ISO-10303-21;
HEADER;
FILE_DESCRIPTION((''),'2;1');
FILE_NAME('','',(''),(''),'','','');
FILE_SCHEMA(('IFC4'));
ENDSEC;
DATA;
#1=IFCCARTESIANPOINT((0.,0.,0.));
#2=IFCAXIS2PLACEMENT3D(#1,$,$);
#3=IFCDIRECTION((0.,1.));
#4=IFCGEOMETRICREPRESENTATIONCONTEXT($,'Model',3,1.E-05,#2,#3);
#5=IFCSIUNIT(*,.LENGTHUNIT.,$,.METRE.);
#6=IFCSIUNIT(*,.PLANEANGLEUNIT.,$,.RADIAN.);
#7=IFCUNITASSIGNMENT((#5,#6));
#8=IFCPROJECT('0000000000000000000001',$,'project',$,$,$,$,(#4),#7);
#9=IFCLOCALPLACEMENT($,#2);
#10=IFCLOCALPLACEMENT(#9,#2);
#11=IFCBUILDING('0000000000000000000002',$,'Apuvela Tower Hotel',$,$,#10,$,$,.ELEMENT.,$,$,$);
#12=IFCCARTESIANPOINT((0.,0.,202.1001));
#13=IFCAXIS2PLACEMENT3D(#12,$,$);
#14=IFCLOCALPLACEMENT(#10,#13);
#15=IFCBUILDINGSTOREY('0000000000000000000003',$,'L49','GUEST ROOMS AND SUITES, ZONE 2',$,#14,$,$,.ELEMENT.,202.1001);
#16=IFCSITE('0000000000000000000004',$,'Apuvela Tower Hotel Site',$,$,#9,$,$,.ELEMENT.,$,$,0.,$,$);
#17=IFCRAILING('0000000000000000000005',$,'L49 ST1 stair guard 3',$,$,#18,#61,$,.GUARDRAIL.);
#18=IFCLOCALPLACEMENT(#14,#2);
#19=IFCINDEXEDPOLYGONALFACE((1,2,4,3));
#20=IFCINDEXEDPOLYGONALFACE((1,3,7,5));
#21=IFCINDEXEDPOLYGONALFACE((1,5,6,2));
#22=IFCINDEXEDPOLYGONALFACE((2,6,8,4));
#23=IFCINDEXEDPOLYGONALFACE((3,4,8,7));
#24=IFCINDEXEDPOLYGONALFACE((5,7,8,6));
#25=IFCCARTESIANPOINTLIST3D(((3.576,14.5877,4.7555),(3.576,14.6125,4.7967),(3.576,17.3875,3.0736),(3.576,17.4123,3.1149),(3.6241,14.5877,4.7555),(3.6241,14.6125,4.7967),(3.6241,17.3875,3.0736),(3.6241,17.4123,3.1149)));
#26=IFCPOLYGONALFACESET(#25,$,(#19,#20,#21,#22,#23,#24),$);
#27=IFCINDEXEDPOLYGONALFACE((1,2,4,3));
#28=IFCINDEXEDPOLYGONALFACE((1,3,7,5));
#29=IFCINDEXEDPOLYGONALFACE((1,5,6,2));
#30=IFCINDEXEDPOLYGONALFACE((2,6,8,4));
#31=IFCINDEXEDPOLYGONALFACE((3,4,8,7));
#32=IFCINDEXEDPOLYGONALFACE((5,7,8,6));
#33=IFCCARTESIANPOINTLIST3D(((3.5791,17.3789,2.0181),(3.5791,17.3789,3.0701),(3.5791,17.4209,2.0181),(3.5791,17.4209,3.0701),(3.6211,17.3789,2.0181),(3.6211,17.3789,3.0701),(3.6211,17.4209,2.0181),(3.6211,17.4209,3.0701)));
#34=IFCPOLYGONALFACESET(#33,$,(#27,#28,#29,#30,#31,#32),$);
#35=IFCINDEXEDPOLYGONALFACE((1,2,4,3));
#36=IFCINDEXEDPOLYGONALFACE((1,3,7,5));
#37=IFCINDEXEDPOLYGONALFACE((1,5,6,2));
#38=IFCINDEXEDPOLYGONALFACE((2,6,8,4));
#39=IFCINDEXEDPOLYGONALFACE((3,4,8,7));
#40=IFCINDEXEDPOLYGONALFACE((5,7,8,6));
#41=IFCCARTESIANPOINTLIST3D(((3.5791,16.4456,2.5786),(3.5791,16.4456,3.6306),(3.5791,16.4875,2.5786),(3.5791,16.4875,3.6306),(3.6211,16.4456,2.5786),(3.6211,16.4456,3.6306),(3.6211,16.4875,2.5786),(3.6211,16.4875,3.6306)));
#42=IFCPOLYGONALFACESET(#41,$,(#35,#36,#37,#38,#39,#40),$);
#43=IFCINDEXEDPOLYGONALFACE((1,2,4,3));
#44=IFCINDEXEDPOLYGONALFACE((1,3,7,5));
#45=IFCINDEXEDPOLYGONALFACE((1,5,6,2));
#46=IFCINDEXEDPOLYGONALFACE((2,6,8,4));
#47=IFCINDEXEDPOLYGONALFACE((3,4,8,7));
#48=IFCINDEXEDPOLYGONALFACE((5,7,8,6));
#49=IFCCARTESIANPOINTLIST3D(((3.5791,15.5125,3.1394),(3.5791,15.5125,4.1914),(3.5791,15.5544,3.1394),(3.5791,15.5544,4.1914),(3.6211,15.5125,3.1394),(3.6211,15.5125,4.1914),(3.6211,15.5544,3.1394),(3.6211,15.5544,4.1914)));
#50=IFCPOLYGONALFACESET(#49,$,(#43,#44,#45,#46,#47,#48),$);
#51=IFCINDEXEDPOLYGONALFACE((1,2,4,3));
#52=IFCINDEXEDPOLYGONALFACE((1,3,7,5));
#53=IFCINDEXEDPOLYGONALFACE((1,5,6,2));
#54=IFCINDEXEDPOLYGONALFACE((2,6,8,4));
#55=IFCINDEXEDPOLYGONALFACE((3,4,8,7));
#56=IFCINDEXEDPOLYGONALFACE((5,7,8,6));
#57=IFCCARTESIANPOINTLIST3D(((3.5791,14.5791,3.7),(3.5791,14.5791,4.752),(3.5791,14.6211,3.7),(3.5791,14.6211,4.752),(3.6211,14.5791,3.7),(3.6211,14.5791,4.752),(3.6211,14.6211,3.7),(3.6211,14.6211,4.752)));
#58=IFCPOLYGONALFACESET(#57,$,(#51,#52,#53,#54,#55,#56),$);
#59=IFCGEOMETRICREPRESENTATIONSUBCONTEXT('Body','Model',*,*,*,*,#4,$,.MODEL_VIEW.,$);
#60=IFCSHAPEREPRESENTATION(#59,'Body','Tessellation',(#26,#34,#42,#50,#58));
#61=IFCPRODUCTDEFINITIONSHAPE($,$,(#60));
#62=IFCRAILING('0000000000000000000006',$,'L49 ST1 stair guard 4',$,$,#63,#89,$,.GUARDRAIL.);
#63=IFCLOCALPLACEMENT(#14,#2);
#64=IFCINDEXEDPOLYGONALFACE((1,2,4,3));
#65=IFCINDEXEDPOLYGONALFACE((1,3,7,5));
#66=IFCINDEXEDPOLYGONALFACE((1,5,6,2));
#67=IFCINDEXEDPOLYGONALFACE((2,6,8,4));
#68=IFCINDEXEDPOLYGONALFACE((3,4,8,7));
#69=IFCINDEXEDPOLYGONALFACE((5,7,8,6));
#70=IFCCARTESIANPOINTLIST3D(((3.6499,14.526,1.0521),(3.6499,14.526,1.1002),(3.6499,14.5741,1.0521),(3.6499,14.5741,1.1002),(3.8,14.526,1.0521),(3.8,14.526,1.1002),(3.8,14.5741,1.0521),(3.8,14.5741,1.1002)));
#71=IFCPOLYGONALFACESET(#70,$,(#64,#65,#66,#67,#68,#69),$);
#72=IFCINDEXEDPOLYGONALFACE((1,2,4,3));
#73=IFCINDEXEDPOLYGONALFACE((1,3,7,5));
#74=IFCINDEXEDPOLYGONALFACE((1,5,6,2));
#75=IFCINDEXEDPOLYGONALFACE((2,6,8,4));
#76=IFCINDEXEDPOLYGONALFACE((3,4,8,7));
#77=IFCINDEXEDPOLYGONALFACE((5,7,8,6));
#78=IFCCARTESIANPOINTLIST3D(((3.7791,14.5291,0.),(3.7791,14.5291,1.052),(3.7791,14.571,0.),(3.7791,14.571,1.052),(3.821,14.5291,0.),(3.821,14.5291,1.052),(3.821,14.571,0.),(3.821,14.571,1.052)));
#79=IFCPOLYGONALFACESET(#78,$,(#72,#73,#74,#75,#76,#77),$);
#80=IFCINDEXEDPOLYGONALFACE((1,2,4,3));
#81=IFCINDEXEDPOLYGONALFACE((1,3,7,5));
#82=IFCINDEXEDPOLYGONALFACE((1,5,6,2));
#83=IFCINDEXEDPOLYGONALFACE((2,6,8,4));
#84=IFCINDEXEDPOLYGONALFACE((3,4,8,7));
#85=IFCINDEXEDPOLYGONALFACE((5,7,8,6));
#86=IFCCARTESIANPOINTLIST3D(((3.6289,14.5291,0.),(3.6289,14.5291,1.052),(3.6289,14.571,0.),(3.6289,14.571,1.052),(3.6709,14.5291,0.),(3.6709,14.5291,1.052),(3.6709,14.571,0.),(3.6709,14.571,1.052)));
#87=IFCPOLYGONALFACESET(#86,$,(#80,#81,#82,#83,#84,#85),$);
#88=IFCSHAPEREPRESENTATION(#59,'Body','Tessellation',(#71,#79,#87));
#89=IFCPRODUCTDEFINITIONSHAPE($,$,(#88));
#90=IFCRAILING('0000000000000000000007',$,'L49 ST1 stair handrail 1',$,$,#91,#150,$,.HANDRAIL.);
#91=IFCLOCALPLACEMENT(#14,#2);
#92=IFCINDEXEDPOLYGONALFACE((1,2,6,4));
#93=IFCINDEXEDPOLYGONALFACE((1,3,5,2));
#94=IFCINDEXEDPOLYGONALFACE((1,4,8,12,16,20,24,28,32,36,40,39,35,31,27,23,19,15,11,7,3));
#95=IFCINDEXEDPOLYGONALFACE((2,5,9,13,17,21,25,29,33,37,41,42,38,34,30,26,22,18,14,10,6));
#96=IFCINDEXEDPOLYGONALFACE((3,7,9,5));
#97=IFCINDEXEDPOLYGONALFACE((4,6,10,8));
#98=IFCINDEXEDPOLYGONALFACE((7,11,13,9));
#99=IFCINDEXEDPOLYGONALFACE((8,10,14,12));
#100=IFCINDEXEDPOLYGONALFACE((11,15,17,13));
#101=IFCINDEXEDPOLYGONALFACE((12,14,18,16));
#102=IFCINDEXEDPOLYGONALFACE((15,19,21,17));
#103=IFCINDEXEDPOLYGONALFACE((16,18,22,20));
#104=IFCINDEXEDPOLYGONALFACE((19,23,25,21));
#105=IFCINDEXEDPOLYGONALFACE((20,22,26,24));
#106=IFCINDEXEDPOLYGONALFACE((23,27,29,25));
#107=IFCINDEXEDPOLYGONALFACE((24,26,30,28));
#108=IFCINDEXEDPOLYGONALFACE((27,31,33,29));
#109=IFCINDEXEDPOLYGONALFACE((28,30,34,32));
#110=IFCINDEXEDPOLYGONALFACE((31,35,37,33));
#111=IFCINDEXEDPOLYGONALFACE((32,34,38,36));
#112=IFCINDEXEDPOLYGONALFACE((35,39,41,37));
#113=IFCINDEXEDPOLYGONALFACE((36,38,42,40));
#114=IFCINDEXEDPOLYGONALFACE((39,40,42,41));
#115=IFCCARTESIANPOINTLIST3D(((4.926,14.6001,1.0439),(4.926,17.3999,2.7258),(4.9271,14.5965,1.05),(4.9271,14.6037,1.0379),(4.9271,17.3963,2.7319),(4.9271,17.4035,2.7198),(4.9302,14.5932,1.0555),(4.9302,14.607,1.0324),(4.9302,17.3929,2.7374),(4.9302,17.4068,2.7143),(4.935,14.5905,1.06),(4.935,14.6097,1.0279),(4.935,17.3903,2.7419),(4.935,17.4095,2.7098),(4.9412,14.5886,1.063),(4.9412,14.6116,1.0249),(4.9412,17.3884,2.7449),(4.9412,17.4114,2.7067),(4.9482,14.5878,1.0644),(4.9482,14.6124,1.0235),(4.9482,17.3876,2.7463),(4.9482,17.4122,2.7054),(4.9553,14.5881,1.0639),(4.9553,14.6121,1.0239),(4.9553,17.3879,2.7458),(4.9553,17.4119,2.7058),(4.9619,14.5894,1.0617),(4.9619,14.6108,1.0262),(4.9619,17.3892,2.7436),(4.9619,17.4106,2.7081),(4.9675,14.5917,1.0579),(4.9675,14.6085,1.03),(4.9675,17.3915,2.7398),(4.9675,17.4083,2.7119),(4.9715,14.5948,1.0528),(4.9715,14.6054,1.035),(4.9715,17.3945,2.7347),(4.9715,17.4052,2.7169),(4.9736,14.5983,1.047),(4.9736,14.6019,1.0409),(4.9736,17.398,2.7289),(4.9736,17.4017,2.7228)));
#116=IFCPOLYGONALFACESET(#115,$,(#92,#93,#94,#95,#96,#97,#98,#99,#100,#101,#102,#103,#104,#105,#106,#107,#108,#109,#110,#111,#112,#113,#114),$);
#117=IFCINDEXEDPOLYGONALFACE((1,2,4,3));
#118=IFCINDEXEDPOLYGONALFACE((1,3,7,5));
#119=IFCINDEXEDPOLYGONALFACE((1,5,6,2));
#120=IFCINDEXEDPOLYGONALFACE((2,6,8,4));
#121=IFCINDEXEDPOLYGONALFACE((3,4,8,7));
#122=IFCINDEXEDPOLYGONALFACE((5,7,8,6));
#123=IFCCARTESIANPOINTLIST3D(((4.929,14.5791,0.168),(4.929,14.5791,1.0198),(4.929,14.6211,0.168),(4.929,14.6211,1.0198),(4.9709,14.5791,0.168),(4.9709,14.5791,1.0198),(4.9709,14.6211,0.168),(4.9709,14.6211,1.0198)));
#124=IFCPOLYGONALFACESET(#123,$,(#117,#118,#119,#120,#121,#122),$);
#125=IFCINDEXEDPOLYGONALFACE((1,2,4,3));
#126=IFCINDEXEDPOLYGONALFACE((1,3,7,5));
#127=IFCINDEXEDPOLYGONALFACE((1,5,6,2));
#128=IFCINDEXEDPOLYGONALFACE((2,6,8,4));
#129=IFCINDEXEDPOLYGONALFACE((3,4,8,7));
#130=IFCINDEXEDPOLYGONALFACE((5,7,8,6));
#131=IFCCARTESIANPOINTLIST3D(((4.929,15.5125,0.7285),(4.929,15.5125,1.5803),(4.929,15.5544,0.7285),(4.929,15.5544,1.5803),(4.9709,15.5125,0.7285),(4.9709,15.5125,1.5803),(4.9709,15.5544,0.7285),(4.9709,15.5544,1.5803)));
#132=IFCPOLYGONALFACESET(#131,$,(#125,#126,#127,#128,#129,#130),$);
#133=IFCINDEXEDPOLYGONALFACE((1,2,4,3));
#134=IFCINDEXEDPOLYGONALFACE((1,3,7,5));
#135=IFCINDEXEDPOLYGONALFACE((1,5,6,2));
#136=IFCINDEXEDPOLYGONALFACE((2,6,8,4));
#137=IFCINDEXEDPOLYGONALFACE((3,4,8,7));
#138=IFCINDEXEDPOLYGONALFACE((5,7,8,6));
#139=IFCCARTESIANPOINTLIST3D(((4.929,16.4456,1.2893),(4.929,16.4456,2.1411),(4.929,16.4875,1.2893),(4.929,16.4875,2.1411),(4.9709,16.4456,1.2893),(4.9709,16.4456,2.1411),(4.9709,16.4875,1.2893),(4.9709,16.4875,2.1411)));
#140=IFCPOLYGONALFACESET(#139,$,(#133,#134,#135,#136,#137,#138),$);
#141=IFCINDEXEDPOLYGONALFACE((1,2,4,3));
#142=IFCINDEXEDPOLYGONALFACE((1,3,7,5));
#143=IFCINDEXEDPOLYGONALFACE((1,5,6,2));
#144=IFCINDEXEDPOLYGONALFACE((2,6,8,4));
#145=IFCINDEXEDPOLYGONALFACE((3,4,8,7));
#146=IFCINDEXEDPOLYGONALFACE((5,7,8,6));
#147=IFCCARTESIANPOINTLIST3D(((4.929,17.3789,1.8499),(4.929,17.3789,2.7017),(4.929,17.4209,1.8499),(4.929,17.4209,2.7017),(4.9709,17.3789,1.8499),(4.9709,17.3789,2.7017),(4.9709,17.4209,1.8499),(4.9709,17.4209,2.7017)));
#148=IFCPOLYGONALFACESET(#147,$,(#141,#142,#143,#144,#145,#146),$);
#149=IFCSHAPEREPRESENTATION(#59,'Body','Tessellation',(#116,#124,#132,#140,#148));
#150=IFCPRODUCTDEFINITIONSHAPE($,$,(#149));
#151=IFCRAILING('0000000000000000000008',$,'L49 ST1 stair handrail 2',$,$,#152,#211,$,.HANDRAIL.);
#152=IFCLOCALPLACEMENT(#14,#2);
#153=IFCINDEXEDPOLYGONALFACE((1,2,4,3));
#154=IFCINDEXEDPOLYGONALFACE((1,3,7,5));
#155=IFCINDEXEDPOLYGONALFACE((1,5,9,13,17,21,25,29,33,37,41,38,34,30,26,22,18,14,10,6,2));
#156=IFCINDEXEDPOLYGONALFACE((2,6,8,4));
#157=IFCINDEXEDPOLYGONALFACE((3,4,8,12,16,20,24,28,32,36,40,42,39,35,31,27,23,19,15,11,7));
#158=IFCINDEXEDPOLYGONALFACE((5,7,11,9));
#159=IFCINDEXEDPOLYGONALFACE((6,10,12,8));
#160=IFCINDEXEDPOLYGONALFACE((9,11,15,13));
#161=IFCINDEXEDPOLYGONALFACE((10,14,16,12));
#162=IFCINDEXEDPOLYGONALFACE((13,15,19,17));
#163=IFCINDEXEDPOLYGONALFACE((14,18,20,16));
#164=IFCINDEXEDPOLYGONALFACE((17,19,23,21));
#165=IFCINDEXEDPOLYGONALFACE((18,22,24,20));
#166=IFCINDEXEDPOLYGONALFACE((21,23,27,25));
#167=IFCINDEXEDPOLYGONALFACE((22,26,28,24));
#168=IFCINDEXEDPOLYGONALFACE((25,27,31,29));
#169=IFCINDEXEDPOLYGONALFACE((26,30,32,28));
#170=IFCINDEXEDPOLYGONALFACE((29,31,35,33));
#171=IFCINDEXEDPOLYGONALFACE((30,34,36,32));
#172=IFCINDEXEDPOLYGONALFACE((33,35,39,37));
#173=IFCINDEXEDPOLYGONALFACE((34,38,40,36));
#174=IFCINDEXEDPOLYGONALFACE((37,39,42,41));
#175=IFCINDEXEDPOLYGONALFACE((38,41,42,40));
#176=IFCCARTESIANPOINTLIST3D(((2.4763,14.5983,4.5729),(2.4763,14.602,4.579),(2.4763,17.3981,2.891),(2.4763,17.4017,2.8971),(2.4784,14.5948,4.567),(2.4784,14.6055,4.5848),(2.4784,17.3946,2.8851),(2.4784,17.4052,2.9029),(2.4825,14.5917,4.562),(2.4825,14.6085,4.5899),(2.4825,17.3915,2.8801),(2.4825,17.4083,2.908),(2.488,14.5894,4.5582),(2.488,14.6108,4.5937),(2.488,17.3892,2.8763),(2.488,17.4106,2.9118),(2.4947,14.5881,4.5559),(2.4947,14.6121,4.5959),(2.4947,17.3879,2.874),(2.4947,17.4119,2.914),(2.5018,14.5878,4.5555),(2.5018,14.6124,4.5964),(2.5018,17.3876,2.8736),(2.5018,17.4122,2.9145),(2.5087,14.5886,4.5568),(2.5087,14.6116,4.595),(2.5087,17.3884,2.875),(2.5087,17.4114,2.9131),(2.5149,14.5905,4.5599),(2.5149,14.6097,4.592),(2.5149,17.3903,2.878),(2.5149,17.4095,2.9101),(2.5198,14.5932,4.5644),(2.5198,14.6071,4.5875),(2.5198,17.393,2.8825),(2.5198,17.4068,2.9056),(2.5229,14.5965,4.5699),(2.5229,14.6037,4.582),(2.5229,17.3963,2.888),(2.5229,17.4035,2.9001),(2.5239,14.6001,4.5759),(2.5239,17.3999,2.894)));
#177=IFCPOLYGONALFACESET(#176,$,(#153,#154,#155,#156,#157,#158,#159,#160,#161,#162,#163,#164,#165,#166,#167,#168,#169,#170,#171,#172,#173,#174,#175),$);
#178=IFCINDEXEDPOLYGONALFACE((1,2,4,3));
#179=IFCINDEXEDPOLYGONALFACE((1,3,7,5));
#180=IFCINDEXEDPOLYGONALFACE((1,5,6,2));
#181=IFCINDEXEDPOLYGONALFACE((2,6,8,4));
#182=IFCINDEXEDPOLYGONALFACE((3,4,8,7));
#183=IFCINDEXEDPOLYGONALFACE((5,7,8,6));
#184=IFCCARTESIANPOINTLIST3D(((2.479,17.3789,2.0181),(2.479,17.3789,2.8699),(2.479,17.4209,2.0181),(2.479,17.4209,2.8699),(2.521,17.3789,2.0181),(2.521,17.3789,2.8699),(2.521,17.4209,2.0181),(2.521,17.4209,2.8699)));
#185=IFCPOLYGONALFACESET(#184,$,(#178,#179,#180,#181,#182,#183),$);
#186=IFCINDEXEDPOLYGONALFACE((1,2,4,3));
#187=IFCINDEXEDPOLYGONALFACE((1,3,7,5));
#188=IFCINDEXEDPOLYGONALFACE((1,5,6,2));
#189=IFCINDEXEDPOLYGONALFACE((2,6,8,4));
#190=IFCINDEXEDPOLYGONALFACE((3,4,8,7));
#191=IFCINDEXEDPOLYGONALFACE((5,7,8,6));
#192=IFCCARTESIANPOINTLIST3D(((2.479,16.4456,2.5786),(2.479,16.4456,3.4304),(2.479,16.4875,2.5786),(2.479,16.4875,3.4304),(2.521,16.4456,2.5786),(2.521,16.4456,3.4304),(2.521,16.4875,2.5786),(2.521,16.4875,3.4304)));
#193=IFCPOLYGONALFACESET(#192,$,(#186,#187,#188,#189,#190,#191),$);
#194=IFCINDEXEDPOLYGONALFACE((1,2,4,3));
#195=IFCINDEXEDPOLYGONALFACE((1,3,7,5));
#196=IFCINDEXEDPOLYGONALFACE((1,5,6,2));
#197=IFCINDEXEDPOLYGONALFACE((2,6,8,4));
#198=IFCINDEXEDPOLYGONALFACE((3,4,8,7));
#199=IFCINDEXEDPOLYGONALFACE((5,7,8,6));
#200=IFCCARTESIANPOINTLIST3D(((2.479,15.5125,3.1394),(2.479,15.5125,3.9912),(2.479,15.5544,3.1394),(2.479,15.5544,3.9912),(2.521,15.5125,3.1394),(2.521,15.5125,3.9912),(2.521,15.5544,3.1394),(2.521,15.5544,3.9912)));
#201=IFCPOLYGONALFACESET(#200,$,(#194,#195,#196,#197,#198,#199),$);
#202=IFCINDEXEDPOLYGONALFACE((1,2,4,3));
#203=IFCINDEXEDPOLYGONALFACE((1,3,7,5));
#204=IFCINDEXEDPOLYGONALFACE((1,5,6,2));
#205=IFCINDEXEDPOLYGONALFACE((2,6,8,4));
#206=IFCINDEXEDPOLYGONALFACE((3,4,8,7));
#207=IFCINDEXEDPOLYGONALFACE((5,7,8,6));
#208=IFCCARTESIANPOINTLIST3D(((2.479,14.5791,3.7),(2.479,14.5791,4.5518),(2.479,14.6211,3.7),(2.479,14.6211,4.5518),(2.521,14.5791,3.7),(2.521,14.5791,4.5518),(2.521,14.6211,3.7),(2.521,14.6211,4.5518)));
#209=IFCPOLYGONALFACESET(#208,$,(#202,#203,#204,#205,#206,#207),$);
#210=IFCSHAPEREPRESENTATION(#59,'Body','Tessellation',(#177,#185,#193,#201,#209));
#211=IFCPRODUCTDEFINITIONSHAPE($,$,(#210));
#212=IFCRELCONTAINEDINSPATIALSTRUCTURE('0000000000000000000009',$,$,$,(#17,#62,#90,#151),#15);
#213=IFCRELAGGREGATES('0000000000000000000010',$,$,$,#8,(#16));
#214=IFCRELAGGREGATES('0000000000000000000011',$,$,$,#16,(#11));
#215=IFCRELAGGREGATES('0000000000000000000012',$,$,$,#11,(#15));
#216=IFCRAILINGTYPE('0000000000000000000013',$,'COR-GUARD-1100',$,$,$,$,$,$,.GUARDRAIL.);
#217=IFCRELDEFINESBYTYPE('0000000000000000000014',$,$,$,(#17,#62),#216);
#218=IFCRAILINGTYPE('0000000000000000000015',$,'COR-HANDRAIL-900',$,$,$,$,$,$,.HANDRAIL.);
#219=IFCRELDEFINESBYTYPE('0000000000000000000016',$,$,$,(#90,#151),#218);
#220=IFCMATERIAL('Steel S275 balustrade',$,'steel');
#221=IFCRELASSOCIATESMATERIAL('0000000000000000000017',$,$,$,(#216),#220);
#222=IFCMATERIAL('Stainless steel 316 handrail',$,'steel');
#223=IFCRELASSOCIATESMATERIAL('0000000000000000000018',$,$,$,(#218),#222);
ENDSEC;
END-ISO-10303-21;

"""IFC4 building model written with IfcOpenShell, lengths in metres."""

from ifc_helpers import new_model, si_unit, direction, frame, origin, origin_2d, place, context, subcontext, project, spatial, rectangle, circle, extrude, material, type_object, element, save


model = new_model("IFC4")

# Units and contexts
model_context = context("Model", 3, precision=1e-05, world=origin(), true_north=direction((0.0, 1.0)))
body_context = subcontext(model_context, "Body", "Model", "MODEL_VIEW")
ifc_project = project(units=[si_unit("LENGTHUNIT", "METRE"), si_unit("PLANEANGLEUNIT", "RADIAN")], contexts=[model_context])

# Site, building, storey
site_placement = place(None, origin())
site = spatial("IfcSite", under=ifc_project, at=site_placement, Name="Apuvela Tower Hotel Site", CompositionType="ELEMENT", RefElevation=0.0)
building_placement = place(site_placement, origin())
building = spatial("IfcBuilding", under=site, at=building_placement, Name="Apuvela Tower Hotel", CompositionType="ELEMENT")
storey_placement = place(building_placement, frame((0.0, 0.0, 202.1001)))
storey = spatial("IfcBuildingStorey", under=building, at=storey_placement, Name="L49", Description="GUEST ROOMS AND SUITES, ZONE 2", CompositionType="ELEMENT", Elevation=202.1001)

# Railings
ifc_material_1 = material(Name="Steel S275 balustrade", Category="steel")
railing_type_1 = type_object("IfcRailingType", Name="COR-GUARD-1100", PredefinedType="GUARDRAIL", material=ifc_material_1)
railing_1_placement = place(storey_placement, frame((3.6001, 17.3999, 2.0181)))
element("IfcRailing", 1, at=railing_1_placement, inside=storey, type_object=railing_type_1, Name="L49 ST1 stair guard 3", PredefinedType="GUARDRAIL", context=body_context, shape_type="SweptSolid", body=[
    extrude(rectangle(XDim=0.0481, YDim=0.0481, at=origin_2d()), frame((0.0, 0.0, 1.0762), z_axis=(0.0, -0.857222, 0.514946), x_axis=(1.0, 0.0, 0.0)), (0.0, 0.0, 1.0), 3.2661),
    extrude(rectangle(XDim=0.042, YDim=0.042, at=origin_2d()), origin(), (0.0, 0.0, 1.0), 1.052),
    extrude(rectangle(XDim=0.042, YDim=0.042, at=origin_2d()), frame((0.0, -0.9333, 0.5605)), (0.0, 0.0, 1.0), 1.052),
    extrude(rectangle(XDim=0.042, YDim=0.042, at=origin_2d()), frame((0.0, -1.8665, 1.1213)), (0.0, 0.0, 1.0), 1.052),
    extrude(rectangle(XDim=0.042, YDim=0.042, at=origin_2d()), frame((0.0, -2.7998, 1.6819)), (0.0, 0.0, 1.0), 1.052),
])
railing_2_placement = place(storey_placement, frame((3.8, 14.55, 0.0)))
element("IfcRailing", 2, at=railing_2_placement, inside=storey, type_object=railing_type_1, Name="L49 ST1 stair guard 4", PredefinedType="GUARDRAIL", context=body_context, shape_type="SweptSolid", body=[
    extrude(rectangle(XDim=0.0481, YDim=0.0481, at=origin_2d()), frame((0.0, 0.0, 1.0762), z_axis=(-1.0, 0.0, 0.0), x_axis=(0.0, -1.0, 0.0)), (0.0, 0.0, 1.0), 0.1501),
    extrude(rectangle(XDim=0.042, YDim=0.042, at=origin_2d()), origin(), (0.0, 0.0, 1.0), 1.052),
    extrude(rectangle(XDim=0.042, YDim=0.042, at=origin_2d()), frame((-0.1501, 0.0, 0.0)), (0.0, 0.0, 1.0), 1.052),
])
ifc_material_2 = material(Name="Stainless steel 316 handrail", Category="steel")
railing_type_2 = type_object("IfcRailingType", Name="COR-HANDRAIL-900", PredefinedType="HANDRAIL", material=ifc_material_2)
railing_3_placement = place(storey_placement, frame((4.95, 14.6001, 0.168)))
element("IfcRailing", 3, at=railing_3_placement, inside=storey, type_object=railing_type_2, Name="L49 ST1 stair handrail 1", PredefinedType="HANDRAIL", context=body_context, shape_type="SweptSolid", body=[
    extrude(circle(Radius=0.0239, at=origin_2d()), frame((0.0, 0.0, 0.876), z_axis=(0.0, 0.857222, 0.514946), x_axis=(-1.0, 0.0, 0.0)), (0.0, 0.0, 1.0), 3.2661),
    extrude(rectangle(XDim=0.042, YDim=0.042, at=origin_2d()), origin(), (0.0, 0.0, 1.0), 0.8518),
    extrude(rectangle(XDim=0.042, YDim=0.042, at=origin_2d()), frame((0.0, 0.9333, 0.5605)), (0.0, 0.0, 1.0), 0.8518),
    extrude(rectangle(XDim=0.042, YDim=0.042, at=origin_2d()), frame((0.0, 1.8665, 1.1213)), (0.0, 0.0, 1.0), 0.8518),
    extrude(rectangle(XDim=0.042, YDim=0.042, at=origin_2d()), frame((0.0, 2.7998, 1.6819)), (0.0, 0.0, 1.0), 0.8518),
])
railing_4_placement = place(storey_placement, frame((2.5, 17.3999, 2.0181)))
element("IfcRailing", 4, at=railing_4_placement, inside=storey, type_object=railing_type_2, Name="L49 ST1 stair handrail 2", PredefinedType="HANDRAIL", context=body_context, shape_type="SweptSolid", body=[
    extrude(circle(Radius=0.0239, at=origin_2d()), frame((0.0, 0.0, 0.876), z_axis=(0.0, -0.857222, 0.514946), x_axis=(1.0, 0.0, 0.0)), (0.0, 0.0, 1.0), 3.2661),
    extrude(rectangle(XDim=0.042, YDim=0.042, at=origin_2d()), origin(), (0.0, 0.0, 1.0), 0.8518),
    extrude(rectangle(XDim=0.042, YDim=0.042, at=origin_2d()), frame((0.0, -0.9333, 0.5605)), (0.0, 0.0, 1.0), 0.8518),
    extrude(rectangle(XDim=0.042, YDim=0.042, at=origin_2d()), frame((0.0, -1.8665, 1.1213)), (0.0, 0.0, 1.0), 0.8518),
    extrude(rectangle(XDim=0.042, YDim=0.042, at=origin_2d()), frame((0.0, -2.7998, 1.6819)), (0.0, 0.0, 1.0), 0.8518),
])

save(model, "model.ifc")
